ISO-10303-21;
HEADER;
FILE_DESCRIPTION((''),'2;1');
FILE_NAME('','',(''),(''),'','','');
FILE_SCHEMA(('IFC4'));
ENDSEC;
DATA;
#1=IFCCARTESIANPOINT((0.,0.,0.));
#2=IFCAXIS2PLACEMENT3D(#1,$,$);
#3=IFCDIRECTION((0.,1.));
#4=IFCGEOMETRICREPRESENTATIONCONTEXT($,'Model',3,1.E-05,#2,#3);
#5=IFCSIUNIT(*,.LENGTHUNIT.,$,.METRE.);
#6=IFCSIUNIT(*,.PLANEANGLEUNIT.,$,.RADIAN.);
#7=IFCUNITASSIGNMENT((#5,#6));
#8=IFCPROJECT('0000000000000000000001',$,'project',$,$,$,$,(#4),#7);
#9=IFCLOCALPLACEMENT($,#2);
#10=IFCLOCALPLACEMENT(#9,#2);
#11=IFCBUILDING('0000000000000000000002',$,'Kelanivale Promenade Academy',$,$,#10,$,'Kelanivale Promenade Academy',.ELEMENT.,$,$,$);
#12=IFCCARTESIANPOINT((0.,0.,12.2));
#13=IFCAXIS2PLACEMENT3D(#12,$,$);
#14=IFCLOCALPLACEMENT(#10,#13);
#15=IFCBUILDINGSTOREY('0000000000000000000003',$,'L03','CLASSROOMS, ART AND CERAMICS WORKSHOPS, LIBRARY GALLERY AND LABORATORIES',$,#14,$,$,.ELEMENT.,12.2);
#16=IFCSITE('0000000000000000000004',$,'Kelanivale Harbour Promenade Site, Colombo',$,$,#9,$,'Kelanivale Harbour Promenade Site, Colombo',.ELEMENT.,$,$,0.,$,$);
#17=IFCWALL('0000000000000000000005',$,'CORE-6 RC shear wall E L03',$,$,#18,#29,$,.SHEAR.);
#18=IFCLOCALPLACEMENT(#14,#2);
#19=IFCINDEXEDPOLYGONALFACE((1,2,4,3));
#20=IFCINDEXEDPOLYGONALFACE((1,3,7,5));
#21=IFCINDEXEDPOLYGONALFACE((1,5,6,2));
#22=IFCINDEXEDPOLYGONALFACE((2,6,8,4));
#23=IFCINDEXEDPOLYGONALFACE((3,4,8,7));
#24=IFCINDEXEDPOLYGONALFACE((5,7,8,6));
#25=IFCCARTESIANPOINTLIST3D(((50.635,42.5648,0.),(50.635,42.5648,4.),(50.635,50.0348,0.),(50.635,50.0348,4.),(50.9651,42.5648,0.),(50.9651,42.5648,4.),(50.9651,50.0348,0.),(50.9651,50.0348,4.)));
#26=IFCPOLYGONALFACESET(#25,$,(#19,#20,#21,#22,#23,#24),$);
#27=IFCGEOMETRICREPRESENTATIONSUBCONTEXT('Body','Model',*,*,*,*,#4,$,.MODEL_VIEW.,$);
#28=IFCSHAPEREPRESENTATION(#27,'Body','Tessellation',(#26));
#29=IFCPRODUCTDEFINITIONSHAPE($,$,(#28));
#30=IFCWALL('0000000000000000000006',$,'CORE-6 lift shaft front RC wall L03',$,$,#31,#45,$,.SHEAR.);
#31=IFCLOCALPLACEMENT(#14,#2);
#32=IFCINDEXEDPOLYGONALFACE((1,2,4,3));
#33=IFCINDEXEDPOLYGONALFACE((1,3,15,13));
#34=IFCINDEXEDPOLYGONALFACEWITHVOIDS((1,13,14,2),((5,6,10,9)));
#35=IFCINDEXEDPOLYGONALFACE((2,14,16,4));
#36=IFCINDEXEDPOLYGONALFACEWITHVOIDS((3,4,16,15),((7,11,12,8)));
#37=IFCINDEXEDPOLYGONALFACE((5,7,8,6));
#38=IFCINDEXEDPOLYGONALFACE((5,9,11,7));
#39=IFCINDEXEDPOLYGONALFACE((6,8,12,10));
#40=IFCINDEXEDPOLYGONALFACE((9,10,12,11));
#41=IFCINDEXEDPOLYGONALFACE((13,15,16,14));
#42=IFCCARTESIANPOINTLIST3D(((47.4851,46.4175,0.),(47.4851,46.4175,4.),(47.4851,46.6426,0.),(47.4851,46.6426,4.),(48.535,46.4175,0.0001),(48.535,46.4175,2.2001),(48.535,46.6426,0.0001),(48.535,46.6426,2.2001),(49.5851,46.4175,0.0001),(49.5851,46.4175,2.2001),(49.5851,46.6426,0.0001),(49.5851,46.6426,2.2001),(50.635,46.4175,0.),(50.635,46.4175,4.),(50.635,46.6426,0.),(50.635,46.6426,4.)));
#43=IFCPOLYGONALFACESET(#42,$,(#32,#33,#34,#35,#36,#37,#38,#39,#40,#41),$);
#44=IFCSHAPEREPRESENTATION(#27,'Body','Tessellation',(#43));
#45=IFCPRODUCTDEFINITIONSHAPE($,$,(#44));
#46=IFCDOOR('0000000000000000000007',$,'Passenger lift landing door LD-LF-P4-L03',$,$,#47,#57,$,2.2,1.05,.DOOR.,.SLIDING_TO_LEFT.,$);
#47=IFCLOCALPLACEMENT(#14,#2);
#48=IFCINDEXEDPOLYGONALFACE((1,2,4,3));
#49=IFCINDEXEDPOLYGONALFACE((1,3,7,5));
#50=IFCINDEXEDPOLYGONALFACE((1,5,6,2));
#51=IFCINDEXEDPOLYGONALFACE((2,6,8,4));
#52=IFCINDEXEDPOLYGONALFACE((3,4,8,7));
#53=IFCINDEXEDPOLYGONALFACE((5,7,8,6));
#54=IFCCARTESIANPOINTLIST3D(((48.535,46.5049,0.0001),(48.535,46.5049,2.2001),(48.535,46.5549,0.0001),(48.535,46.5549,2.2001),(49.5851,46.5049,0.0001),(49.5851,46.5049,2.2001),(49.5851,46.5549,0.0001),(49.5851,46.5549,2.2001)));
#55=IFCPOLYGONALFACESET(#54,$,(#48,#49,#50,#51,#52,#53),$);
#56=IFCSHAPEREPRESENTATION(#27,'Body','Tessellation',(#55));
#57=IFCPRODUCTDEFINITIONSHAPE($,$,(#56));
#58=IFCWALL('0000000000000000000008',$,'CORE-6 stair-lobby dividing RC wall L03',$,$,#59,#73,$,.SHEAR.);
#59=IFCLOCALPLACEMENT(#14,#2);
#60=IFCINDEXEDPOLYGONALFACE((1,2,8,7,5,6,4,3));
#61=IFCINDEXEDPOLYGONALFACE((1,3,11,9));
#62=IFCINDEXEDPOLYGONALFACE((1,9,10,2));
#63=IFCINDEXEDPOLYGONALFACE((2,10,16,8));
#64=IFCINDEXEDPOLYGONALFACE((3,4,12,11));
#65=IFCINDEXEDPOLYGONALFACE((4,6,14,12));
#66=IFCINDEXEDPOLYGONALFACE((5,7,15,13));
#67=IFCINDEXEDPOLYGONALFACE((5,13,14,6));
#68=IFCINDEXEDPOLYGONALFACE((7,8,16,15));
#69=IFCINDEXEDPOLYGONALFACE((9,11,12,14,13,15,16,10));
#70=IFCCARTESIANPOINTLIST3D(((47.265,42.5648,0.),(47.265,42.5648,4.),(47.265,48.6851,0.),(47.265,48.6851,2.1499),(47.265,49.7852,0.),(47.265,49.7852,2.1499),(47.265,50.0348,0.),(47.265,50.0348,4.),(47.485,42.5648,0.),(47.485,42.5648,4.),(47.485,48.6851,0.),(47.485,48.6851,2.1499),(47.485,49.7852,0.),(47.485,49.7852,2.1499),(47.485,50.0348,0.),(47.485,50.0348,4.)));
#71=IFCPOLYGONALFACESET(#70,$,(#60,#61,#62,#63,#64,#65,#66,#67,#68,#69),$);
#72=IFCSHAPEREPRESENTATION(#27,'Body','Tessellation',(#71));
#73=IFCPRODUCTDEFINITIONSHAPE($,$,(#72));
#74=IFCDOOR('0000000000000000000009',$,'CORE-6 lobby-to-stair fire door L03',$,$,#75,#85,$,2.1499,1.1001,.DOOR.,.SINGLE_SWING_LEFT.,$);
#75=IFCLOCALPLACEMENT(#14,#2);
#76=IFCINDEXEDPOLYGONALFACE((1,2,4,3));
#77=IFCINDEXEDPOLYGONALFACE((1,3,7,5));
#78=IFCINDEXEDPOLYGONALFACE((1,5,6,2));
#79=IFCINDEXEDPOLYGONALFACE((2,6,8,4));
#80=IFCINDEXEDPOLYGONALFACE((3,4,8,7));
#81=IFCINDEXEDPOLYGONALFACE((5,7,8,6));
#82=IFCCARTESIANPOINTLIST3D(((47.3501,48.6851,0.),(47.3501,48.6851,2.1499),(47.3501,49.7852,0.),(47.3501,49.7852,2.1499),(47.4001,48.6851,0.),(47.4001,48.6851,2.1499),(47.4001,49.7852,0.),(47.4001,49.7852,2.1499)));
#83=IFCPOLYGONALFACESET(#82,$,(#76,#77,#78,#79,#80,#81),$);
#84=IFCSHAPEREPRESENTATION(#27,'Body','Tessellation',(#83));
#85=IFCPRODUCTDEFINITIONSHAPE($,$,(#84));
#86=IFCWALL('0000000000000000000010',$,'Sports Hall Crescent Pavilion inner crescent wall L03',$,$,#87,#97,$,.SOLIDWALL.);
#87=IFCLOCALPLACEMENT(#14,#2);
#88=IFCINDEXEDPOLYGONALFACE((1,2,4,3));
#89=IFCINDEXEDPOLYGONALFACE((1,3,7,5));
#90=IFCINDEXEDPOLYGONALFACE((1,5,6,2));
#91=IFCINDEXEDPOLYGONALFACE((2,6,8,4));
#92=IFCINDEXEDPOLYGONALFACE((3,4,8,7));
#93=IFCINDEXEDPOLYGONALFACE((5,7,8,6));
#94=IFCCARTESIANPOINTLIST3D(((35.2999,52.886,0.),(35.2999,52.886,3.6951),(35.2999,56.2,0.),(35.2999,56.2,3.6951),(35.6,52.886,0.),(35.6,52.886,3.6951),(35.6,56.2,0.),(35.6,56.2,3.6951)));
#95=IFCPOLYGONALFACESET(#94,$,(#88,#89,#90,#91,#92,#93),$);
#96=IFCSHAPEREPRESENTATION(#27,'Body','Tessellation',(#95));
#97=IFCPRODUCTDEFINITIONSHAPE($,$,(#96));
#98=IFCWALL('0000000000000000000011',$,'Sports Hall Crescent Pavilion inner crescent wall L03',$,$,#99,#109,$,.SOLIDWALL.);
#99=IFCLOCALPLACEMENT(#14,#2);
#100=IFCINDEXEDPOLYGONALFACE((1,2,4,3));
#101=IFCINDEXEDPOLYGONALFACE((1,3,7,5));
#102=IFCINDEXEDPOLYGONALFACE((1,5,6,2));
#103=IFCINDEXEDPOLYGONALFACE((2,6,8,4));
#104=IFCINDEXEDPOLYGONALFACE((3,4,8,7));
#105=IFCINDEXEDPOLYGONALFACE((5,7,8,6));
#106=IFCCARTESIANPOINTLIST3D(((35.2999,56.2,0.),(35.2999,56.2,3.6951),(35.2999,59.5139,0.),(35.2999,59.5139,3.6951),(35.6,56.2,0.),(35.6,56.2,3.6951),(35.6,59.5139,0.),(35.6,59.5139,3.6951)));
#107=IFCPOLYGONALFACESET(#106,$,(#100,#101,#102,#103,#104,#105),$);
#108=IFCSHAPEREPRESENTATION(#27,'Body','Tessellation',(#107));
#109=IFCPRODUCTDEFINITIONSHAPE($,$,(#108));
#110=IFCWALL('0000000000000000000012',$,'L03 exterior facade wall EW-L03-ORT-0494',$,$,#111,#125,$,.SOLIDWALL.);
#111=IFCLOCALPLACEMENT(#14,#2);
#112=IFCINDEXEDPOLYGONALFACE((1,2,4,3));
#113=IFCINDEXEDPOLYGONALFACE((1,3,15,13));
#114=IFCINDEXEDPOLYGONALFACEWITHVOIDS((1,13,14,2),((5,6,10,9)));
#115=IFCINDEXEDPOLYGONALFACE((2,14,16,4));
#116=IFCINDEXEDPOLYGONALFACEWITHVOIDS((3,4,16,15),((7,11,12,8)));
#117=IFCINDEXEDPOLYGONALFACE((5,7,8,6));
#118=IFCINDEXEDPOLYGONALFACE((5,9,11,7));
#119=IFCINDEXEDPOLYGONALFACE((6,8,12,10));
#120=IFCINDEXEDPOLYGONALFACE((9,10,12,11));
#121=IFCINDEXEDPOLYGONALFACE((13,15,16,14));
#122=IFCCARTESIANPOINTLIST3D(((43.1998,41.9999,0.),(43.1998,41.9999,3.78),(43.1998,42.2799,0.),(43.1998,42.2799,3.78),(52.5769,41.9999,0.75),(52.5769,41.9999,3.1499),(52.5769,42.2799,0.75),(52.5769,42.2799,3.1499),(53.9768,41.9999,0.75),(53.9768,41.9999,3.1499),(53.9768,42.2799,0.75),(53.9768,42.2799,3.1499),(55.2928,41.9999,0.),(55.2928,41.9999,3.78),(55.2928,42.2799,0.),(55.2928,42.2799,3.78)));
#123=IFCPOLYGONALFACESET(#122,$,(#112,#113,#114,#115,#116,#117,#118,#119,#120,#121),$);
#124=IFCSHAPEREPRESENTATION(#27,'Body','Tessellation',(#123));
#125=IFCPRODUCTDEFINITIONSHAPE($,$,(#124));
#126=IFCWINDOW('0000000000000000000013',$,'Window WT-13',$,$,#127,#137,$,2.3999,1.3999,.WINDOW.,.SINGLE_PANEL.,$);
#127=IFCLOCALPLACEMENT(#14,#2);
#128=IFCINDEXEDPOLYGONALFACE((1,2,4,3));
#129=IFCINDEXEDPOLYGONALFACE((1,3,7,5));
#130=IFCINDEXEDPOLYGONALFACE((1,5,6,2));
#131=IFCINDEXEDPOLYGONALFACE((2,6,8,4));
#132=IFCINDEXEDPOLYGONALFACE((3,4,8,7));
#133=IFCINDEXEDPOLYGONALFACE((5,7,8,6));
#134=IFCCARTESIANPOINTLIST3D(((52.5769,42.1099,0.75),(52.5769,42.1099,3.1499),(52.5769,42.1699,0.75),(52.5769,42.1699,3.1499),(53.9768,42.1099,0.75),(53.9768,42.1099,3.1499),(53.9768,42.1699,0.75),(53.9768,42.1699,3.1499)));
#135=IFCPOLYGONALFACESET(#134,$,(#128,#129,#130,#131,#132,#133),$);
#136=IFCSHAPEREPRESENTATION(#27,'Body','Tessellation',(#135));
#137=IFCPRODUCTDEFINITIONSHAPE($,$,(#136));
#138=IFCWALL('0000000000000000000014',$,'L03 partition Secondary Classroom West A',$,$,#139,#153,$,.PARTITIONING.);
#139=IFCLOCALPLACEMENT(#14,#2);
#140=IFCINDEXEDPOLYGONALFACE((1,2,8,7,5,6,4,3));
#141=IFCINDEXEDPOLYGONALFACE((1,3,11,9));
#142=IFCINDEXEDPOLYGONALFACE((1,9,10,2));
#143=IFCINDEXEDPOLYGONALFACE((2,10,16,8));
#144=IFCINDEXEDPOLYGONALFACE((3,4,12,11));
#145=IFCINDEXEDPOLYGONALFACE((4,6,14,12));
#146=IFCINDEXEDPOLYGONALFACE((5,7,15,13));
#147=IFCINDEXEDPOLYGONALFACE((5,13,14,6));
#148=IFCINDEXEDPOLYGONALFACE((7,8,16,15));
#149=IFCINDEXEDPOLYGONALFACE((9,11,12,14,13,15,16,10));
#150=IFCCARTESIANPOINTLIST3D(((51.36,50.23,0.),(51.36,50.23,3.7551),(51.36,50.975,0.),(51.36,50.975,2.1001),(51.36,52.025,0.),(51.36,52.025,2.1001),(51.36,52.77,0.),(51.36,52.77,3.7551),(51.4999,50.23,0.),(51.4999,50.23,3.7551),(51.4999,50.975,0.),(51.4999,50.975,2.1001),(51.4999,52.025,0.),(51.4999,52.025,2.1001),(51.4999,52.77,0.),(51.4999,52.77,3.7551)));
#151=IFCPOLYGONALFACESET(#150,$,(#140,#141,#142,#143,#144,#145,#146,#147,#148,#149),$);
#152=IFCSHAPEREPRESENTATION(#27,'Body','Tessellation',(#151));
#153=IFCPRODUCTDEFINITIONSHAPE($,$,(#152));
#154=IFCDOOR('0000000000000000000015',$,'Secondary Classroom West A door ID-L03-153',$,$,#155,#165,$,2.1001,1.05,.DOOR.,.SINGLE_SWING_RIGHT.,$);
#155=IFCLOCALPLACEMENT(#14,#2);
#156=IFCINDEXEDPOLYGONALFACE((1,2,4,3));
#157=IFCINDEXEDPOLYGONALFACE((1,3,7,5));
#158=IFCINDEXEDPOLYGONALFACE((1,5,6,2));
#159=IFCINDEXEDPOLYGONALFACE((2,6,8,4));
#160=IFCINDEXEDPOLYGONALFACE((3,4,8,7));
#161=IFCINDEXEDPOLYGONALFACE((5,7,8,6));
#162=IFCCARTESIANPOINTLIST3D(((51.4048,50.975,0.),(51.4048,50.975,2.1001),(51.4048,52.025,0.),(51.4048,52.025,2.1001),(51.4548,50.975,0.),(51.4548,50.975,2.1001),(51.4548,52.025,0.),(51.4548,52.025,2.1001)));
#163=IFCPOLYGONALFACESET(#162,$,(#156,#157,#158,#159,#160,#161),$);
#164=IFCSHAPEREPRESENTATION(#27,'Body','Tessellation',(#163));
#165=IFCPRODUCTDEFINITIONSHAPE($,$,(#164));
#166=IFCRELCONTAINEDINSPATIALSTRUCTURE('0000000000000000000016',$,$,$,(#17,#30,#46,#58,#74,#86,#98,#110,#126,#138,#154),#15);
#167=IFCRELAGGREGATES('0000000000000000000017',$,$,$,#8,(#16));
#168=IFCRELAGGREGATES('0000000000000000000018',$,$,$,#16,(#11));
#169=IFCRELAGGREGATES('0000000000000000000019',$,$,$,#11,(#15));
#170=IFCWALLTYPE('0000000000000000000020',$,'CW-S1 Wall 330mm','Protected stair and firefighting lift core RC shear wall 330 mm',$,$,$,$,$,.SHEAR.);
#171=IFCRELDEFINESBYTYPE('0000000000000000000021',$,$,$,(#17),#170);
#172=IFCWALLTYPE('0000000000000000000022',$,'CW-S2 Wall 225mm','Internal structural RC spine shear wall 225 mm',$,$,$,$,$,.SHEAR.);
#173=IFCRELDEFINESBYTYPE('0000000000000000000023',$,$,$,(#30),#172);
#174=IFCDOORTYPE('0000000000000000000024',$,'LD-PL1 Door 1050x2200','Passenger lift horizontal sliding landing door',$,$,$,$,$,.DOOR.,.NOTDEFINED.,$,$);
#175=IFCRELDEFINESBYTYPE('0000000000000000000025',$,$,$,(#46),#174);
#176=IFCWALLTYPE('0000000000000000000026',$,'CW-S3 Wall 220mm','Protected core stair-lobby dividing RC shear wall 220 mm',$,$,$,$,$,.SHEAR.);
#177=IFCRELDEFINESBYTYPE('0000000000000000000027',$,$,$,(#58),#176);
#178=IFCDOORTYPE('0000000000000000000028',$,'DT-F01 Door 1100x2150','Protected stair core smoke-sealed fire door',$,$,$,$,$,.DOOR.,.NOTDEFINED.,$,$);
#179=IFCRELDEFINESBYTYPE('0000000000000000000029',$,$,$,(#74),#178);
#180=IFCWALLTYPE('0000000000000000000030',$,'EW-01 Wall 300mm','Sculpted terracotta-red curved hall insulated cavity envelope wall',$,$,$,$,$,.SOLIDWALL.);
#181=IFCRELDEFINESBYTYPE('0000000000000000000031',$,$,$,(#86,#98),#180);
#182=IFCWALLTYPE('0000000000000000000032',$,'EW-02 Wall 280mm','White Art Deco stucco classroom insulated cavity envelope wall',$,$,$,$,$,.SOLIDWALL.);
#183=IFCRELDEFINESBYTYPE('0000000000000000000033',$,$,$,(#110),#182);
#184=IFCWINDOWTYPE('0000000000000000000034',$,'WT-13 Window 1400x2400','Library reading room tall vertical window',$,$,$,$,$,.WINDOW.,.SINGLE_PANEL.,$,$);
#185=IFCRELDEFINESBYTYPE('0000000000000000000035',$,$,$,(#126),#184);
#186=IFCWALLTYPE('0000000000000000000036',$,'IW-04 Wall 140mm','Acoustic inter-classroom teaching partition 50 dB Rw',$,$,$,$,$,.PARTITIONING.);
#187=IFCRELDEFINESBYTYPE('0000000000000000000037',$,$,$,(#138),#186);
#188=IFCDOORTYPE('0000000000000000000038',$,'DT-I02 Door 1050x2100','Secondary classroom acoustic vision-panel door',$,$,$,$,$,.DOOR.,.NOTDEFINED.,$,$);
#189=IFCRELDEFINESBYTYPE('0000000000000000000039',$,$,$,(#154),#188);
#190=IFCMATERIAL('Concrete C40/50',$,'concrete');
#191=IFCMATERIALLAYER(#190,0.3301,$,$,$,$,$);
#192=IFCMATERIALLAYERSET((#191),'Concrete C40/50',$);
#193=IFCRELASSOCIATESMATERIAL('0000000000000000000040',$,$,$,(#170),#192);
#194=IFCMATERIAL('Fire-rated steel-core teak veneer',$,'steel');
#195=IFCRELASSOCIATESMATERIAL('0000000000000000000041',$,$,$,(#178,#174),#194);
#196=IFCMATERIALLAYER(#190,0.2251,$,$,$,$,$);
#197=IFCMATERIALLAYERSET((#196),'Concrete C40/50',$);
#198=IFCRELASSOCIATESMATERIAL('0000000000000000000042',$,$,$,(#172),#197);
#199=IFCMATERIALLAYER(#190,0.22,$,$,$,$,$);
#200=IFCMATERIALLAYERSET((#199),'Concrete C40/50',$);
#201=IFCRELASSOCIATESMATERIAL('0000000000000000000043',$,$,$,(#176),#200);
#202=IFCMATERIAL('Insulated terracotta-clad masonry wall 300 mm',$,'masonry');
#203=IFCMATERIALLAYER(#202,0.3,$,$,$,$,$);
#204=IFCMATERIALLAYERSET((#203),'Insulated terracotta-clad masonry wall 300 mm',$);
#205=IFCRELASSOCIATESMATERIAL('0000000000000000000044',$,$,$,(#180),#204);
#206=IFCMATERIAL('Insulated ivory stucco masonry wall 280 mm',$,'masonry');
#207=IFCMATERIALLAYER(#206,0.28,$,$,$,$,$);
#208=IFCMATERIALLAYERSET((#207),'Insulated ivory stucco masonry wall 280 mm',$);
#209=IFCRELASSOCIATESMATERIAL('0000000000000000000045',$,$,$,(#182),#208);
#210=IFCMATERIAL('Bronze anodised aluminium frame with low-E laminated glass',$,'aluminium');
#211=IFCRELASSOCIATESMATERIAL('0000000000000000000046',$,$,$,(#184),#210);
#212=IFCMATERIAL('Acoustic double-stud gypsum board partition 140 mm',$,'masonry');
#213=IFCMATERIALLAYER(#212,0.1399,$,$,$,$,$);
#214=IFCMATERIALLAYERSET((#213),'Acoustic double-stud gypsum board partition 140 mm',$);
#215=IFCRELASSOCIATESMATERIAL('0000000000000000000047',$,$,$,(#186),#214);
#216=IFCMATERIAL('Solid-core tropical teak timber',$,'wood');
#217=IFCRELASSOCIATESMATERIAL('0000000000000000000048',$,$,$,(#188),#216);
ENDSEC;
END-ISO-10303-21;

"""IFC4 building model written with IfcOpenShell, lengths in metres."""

from ifc_helpers import new_model, si_unit, direction, frame, frame_2d, origin, place, context, subcontext, project, spatial, rectangle, extrude, material, layer, layer_set, type_object, element, fill, save


model = new_model("IFC4")

# Units and contexts
model_context = context("Model", 3, precision=1e-05, world=origin(), true_north=direction((0.0, 1.0)))
body_context = subcontext(model_context, "Body", "Model", "MODEL_VIEW")
ifc_project = project(units=[si_unit("LENGTHUNIT", "METRE"), si_unit("PLANEANGLEUNIT", "RADIAN")], contexts=[model_context])

# Site, building, storey
site_placement = place(None, origin())
site = spatial("IfcSite", under=ifc_project, at=site_placement, Name="Kelanivale Harbour Promenade Site, Colombo", LongName="Kelanivale Harbour Promenade Site, Colombo", CompositionType="ELEMENT", RefElevation=0.0)
building_placement = place(site_placement, origin())
building = spatial("IfcBuilding", under=site, at=building_placement, Name="Kelanivale Promenade Academy", LongName="Kelanivale Promenade Academy", CompositionType="ELEMENT")
storey_placement = place(building_placement, frame((0.0, 0.0, 12.2)))
storey = spatial("IfcBuildingStorey", under=building, at=storey_placement, Name="L03", Description="CLASSROOMS, ART AND CERAMICS WORKSHOPS, LIBRARY GALLERY AND LABORATORIES", CompositionType="ELEMENT", Elevation=12.2)

# Shared definitions
ifc_material_1 = material(Name="Concrete C40/50", Category="concrete")

# Shared definitions
ifc_layer_1 = layer(ifc_material_1, 0.3301)
ifc_layer_set_1 = layer_set([ifc_layer_1], Name="Concrete C40/50")
wall_type_1 = type_object("IfcWallType", Name="CW-S1 Wall 330mm", Description="Protected stair and firefighting lift core RC shear wall 330 mm", PredefinedType="SHEAR", material=ifc_layer_set_1)

# Shared definitions
ifc_material_2 = material(Name="Fire-rated steel-core teak veneer", Category="steel")
door_type_1 = type_object("IfcDoorType", Name="DT-F01 Door 1100x2150", Description="Protected stair core smoke-sealed fire door", OperationType="NOTDEFINED", PredefinedType="DOOR", material=ifc_material_2)

# Wall
for number, where, z_axis, x_axis, name in (
    (1, (50.8, 42.5649, 0.0), (0.0, 0.0, 1.0), (0.0, 1.0, 0.0), "CORE-6 RC shear wall E L03"),
):
    element("IfcWall", number, at=place(storey_placement, frame(where, z_axis=z_axis, x_axis=x_axis)), inside=storey, type_object=wall_type_1, Name=name, PredefinedType="SHEAR", context=body_context, shape_type="SweptSolid", body=[
        extrude(rectangle(XDim=7.47, YDim=0.3301, at=frame_2d((3.7349, 0.0))), origin(), (0.0, 0.0, 1.0), 4.0),
    ])

# Walls, openings, doors
ifc_layer_2 = layer(ifc_material_1, 0.2251)
ifc_layer_set_2 = layer_set([ifc_layer_2], Name="Concrete C40/50")
wall_type_2 = type_object("IfcWallType", Name="CW-S2 Wall 225mm", Description="Internal structural RC spine shear wall 225 mm", PredefinedType="SHEAR", material=ifc_layer_set_2)
wall_1_placement = place(storey_placement, frame((47.4851, 46.53, 0.0), z_axis=(0.0, 0.0, 1.0), x_axis=(1.0, 0.0, 0.0)))
wall_1 = element("IfcWall", 2, at=wall_1_placement, inside=storey, type_object=wall_type_2, Name="CORE-6 lift shaft front RC wall L03", PredefinedType="SHEAR", context=body_context, shape_type="SweptSolid", body=[
    extrude(rectangle(XDim=3.1499, YDim=0.2251, at=frame_2d((1.575, 0.0))), origin(), (0.0, 0.0, 1.0), 4.0),
])
opening_1_placement = place(wall_1_placement, frame((1.05, 0.0, 0.0)))
opening_1 = element("IfcOpeningElement", 3, at=opening_1_placement, cuts=wall_1, PredefinedType="OPENING", context=body_context, shape_type="SweptSolid", body=[
    extrude(rectangle(XDim=1.05, YDim=2.2, at=frame_2d((0.5249, 1.1001))), frame((0.0, 0.1226, 0.0), z_axis=(0.0, -1.0, 0.0), x_axis=(1.0, 0.0, 0.0)), (0.0, 0.0, 1.0), 0.2451),
])
door_type_2 = type_object("IfcDoorType", Name="LD-PL1 Door 1050x2200", Description="Passenger lift horizontal sliding landing door", OperationType="NOTDEFINED", PredefinedType="DOOR", material=ifc_material_2)
door_1_placement = place(opening_1_placement, origin())
door_1 = element("IfcDoor", 4, at=door_1_placement, inside=storey, type_object=door_type_2, Name="Passenger lift landing door LD-LF-P4-L03", OperationType="SLIDING_TO_LEFT", OverallHeight=2.2, OverallWidth=1.05, PredefinedType="DOOR", context=body_context, shape_type="SweptSolid", body=[
    extrude(rectangle(XDim=1.05, YDim=2.2, at=frame_2d((0.5249, 1.1001))), frame((0.0, 0.0249, 0.0), z_axis=(0.0, -1.0, 0.0), x_axis=(1.0, 0.0, 0.0)), (0.0, 0.0, 1.0), 0.05),
])
fill(opening_1, door_1)
ifc_layer_3 = layer(ifc_material_1, 0.22)
ifc_layer_set_3 = layer_set([ifc_layer_3], Name="Concrete C40/50")
wall_type_3 = type_object("IfcWallType", Name="CW-S3 Wall 220mm", Description="Protected core stair-lobby dividing RC shear wall 220 mm", PredefinedType="SHEAR", material=ifc_layer_set_3)
wall_2_placement = place(storey_placement, frame((47.375, 42.5649, 0.0), z_axis=(0.0, 0.0, 1.0), x_axis=(0.0, 1.0, 0.0)))
wall_2 = element("IfcWall", 5, at=wall_2_placement, inside=storey, type_object=wall_type_3, Name="CORE-6 stair-lobby dividing RC wall L03", PredefinedType="SHEAR", context=body_context, shape_type="SweptSolid", body=[
    extrude(rectangle(XDim=7.47, YDim=0.22, at=frame_2d((3.7349, 0.0))), origin(), (0.0, 0.0, 1.0), 4.0),
])
opening_2_placement = place(wall_2_placement, frame((6.1201, 0.0, 0.0)))
opening_2 = element("IfcOpeningElement", 6, at=opening_2_placement, cuts=wall_2, PredefinedType="OPENING", context=body_context, shape_type="SweptSolid", body=[
    extrude(rectangle(XDim=1.1001, YDim=2.1499, at=frame_2d((0.55, 1.075))), frame((0.0, 0.1201, 0.0), z_axis=(0.0, -1.0, 0.0), x_axis=(1.0, 0.0, 0.0)), (0.0, 0.0, 1.0), 0.24),
])
door_2_placement = place(opening_2_placement, origin())
door_2 = element("IfcDoor", 7, at=door_2_placement, inside=storey, type_object=door_type_1, Name="CORE-6 lobby-to-stair fire door L03", OperationType="SINGLE_SWING_LEFT", OverallHeight=2.1499, OverallWidth=1.1001, PredefinedType="DOOR", context=body_context, shape_type="SweptSolid", body=[
    extrude(rectangle(XDim=1.1001, YDim=2.1499, at=frame_2d((0.55, 1.075))), frame((0.0, 0.0249, 0.0), z_axis=(0.0, -1.0, 0.0), x_axis=(1.0, 0.0, 0.0)), (0.0, 0.0, 1.0), 0.05),
])
fill(opening_2, door_2)

# Walls
ifc_material_3 = material(Name="Insulated terracotta-clad masonry wall 300 mm", Category="masonry")
ifc_layer_4 = layer(ifc_material_3, 0.3)
ifc_layer_set_4 = layer_set([ifc_layer_4], Name="Insulated terracotta-clad masonry wall 300 mm")
wall_type_4 = type_object("IfcWallType", Name="EW-01 Wall 300mm", Description="Sculpted terracotta-red curved hall insulated cavity envelope wall", PredefinedType="SOLIDWALL", material=ifc_layer_set_4)
for number, where, z_axis, x_axis, name in (
    (8, (35.45, 52.886, 0.0), (0.0, 0.0, 1.0), (0.0, 1.0, 0.0), "Sports Hall Crescent Pavilion inner crescent wall L03"),
    (9, (35.45, 56.2, 0.0), (0.0, 0.0, 1.0), (0.0, 1.0, 0.0), "Sports Hall Crescent Pavilion inner crescent wall L03"),
):
    element("IfcWall", number, at=place(storey_placement, frame(where, z_axis=z_axis, x_axis=x_axis)), inside=storey, type_object=wall_type_4, Name=name, PredefinedType="SOLIDWALL", context=body_context, shape_type="SweptSolid", body=[
        extrude(rectangle(XDim=3.314, YDim=0.3, at=frame_2d((1.657, 0.0))), origin(), (0.0, 0.0, 1.0), 3.6951),
    ])

# Wall, opening, window
ifc_material_4 = material(Name="Insulated ivory stucco masonry wall 280 mm", Category="masonry")
ifc_layer_5 = layer(ifc_material_4, 0.28)
ifc_layer_set_5 = layer_set([ifc_layer_5], Name="Insulated ivory stucco masonry wall 280 mm")
wall_type_5 = type_object("IfcWallType", Name="EW-02 Wall 280mm", Description="White Art Deco stucco classroom insulated cavity envelope wall", PredefinedType="SOLIDWALL", material=ifc_layer_set_5)
wall_3_placement = place(storey_placement, frame((43.2, 42.1399, 0.0), z_axis=(0.0, 0.0, 1.0), x_axis=(1.0, 0.0, 0.0)))
wall_3 = element("IfcWall", 10, at=wall_3_placement, inside=storey, type_object=wall_type_5, Name="L03 exterior facade wall EW-L03-ORT-0494", PredefinedType="SOLIDWALL", context=body_context, shape_type="SweptSolid", body=[
    extrude(rectangle(XDim=12.093, YDim=0.28, at=frame_2d((6.0464, 0.0))), origin(), (0.0, 0.0, 1.0), 3.78),
])
opening_3_placement = place(wall_3_placement, frame((9.377, 0.0, 0.75)))
opening_3 = element("IfcOpeningElement", 11, at=opening_3_placement, cuts=wall_3, PredefinedType="OPENING", context=body_context, shape_type="SweptSolid", body=[
    extrude(rectangle(XDim=1.3999, YDim=2.3999, at=frame_2d((0.7, 1.2))), frame((0.0, 0.1499, 0.0), z_axis=(0.0, -1.0, 0.0), x_axis=(1.0, 0.0, 0.0)), (0.0, 0.0, 1.0), 0.3),
])
ifc_material_5 = material(Name="Bronze anodised aluminium frame with low-E laminated glass", Category="aluminium")
window_type = type_object("IfcWindowType", Name="WT-13 Window 1400x2400", Description="Library reading room tall vertical window", PartitioningType="SINGLE_PANEL", PredefinedType="WINDOW", material=ifc_material_5)
window_placement = place(opening_3_placement, origin())
window = element("IfcWindow", 12, at=window_placement, inside=storey, type_object=window_type, Name="Window WT-13", OverallHeight=2.3999, OverallWidth=1.3999, PartitioningType="SINGLE_PANEL", PredefinedType="WINDOW", context=body_context, shape_type="SweptSolid", body=[
    extrude(rectangle(XDim=1.3999, YDim=2.3999, at=frame_2d((0.7, 1.2))), frame((0.0, 0.03, 0.0), z_axis=(0.0, -1.0, 0.0), x_axis=(1.0, 0.0, 0.0)), (0.0, 0.0, 1.0), 0.0601),
])
fill(opening_3, window)

# Wall, opening, door
ifc_material_6 = material(Name="Acoustic double-stud gypsum board partition 140 mm", Category="masonry")
ifc_layer_6 = layer(ifc_material_6, 0.1399)
ifc_layer_set_6 = layer_set([ifc_layer_6], Name="Acoustic double-stud gypsum board partition 140 mm")
wall_type_6 = type_object("IfcWallType", Name="IW-04 Wall 140mm", Description="Acoustic inter-classroom teaching partition 50 dB Rw", PredefinedType="PARTITIONING", material=ifc_layer_set_6)
wall_4_placement = place(storey_placement, frame((51.4299, 52.77, 0.0), z_axis=(0.0, 0.0, 1.0), x_axis=(0.0, -1.0, 0.0)))
wall_4 = element("IfcWall", 13, at=wall_4_placement, inside=storey, type_object=wall_type_6, Name="L03 partition Secondary Classroom West A", PredefinedType="PARTITIONING", context=body_context, shape_type="SweptSolid", body=[
    extrude(rectangle(XDim=2.54, YDim=0.1399, at=frame_2d((1.27, 0.0))), origin(), (0.0, 0.0, 1.0), 3.7551),
])
opening_4_placement = place(wall_4_placement, frame((0.7451, 0.0, 0.0)))
opening_4 = element("IfcOpeningElement", 14, at=opening_4_placement, cuts=wall_4, PredefinedType="OPENING", context=body_context, shape_type="SweptSolid", body=[
    extrude(rectangle(XDim=1.05, YDim=2.1001, at=frame_2d((0.5249, 1.05))), frame((0.0, 0.0801, 0.0), z_axis=(0.0, -1.0, 0.0), x_axis=(1.0, 0.0, 0.0)), (0.0, 0.0, 1.0), 0.1599),
])
ifc_material_7 = material(Name="Solid-core tropical teak timber", Category="wood")
door_type_3 = type_object("IfcDoorType", Name="DT-I02 Door 1050x2100", Description="Secondary classroom acoustic vision-panel door", OperationType="NOTDEFINED", PredefinedType="DOOR", material=ifc_material_7)
door_3_placement = place(opening_4_placement, origin())
door_3 = element("IfcDoor", 15, at=door_3_placement, inside=storey, type_object=door_type_3, Name="Secondary Classroom West A door ID-L03-153", OperationType="SINGLE_SWING_RIGHT", OverallHeight=2.1001, OverallWidth=1.05, PredefinedType="DOOR", context=body_context, shape_type="SweptSolid", body=[
    extrude(rectangle(XDim=1.05, YDim=2.1001, at=frame_2d((0.5249, 1.05))), frame((0.0, 0.0249, 0.0), z_axis=(0.0, -1.0, 0.0), x_axis=(1.0, 0.0, 0.0)), (0.0, 0.0, 1.0), 0.05),
])
fill(opening_4, door_3)

save(model, "model.ifc")
